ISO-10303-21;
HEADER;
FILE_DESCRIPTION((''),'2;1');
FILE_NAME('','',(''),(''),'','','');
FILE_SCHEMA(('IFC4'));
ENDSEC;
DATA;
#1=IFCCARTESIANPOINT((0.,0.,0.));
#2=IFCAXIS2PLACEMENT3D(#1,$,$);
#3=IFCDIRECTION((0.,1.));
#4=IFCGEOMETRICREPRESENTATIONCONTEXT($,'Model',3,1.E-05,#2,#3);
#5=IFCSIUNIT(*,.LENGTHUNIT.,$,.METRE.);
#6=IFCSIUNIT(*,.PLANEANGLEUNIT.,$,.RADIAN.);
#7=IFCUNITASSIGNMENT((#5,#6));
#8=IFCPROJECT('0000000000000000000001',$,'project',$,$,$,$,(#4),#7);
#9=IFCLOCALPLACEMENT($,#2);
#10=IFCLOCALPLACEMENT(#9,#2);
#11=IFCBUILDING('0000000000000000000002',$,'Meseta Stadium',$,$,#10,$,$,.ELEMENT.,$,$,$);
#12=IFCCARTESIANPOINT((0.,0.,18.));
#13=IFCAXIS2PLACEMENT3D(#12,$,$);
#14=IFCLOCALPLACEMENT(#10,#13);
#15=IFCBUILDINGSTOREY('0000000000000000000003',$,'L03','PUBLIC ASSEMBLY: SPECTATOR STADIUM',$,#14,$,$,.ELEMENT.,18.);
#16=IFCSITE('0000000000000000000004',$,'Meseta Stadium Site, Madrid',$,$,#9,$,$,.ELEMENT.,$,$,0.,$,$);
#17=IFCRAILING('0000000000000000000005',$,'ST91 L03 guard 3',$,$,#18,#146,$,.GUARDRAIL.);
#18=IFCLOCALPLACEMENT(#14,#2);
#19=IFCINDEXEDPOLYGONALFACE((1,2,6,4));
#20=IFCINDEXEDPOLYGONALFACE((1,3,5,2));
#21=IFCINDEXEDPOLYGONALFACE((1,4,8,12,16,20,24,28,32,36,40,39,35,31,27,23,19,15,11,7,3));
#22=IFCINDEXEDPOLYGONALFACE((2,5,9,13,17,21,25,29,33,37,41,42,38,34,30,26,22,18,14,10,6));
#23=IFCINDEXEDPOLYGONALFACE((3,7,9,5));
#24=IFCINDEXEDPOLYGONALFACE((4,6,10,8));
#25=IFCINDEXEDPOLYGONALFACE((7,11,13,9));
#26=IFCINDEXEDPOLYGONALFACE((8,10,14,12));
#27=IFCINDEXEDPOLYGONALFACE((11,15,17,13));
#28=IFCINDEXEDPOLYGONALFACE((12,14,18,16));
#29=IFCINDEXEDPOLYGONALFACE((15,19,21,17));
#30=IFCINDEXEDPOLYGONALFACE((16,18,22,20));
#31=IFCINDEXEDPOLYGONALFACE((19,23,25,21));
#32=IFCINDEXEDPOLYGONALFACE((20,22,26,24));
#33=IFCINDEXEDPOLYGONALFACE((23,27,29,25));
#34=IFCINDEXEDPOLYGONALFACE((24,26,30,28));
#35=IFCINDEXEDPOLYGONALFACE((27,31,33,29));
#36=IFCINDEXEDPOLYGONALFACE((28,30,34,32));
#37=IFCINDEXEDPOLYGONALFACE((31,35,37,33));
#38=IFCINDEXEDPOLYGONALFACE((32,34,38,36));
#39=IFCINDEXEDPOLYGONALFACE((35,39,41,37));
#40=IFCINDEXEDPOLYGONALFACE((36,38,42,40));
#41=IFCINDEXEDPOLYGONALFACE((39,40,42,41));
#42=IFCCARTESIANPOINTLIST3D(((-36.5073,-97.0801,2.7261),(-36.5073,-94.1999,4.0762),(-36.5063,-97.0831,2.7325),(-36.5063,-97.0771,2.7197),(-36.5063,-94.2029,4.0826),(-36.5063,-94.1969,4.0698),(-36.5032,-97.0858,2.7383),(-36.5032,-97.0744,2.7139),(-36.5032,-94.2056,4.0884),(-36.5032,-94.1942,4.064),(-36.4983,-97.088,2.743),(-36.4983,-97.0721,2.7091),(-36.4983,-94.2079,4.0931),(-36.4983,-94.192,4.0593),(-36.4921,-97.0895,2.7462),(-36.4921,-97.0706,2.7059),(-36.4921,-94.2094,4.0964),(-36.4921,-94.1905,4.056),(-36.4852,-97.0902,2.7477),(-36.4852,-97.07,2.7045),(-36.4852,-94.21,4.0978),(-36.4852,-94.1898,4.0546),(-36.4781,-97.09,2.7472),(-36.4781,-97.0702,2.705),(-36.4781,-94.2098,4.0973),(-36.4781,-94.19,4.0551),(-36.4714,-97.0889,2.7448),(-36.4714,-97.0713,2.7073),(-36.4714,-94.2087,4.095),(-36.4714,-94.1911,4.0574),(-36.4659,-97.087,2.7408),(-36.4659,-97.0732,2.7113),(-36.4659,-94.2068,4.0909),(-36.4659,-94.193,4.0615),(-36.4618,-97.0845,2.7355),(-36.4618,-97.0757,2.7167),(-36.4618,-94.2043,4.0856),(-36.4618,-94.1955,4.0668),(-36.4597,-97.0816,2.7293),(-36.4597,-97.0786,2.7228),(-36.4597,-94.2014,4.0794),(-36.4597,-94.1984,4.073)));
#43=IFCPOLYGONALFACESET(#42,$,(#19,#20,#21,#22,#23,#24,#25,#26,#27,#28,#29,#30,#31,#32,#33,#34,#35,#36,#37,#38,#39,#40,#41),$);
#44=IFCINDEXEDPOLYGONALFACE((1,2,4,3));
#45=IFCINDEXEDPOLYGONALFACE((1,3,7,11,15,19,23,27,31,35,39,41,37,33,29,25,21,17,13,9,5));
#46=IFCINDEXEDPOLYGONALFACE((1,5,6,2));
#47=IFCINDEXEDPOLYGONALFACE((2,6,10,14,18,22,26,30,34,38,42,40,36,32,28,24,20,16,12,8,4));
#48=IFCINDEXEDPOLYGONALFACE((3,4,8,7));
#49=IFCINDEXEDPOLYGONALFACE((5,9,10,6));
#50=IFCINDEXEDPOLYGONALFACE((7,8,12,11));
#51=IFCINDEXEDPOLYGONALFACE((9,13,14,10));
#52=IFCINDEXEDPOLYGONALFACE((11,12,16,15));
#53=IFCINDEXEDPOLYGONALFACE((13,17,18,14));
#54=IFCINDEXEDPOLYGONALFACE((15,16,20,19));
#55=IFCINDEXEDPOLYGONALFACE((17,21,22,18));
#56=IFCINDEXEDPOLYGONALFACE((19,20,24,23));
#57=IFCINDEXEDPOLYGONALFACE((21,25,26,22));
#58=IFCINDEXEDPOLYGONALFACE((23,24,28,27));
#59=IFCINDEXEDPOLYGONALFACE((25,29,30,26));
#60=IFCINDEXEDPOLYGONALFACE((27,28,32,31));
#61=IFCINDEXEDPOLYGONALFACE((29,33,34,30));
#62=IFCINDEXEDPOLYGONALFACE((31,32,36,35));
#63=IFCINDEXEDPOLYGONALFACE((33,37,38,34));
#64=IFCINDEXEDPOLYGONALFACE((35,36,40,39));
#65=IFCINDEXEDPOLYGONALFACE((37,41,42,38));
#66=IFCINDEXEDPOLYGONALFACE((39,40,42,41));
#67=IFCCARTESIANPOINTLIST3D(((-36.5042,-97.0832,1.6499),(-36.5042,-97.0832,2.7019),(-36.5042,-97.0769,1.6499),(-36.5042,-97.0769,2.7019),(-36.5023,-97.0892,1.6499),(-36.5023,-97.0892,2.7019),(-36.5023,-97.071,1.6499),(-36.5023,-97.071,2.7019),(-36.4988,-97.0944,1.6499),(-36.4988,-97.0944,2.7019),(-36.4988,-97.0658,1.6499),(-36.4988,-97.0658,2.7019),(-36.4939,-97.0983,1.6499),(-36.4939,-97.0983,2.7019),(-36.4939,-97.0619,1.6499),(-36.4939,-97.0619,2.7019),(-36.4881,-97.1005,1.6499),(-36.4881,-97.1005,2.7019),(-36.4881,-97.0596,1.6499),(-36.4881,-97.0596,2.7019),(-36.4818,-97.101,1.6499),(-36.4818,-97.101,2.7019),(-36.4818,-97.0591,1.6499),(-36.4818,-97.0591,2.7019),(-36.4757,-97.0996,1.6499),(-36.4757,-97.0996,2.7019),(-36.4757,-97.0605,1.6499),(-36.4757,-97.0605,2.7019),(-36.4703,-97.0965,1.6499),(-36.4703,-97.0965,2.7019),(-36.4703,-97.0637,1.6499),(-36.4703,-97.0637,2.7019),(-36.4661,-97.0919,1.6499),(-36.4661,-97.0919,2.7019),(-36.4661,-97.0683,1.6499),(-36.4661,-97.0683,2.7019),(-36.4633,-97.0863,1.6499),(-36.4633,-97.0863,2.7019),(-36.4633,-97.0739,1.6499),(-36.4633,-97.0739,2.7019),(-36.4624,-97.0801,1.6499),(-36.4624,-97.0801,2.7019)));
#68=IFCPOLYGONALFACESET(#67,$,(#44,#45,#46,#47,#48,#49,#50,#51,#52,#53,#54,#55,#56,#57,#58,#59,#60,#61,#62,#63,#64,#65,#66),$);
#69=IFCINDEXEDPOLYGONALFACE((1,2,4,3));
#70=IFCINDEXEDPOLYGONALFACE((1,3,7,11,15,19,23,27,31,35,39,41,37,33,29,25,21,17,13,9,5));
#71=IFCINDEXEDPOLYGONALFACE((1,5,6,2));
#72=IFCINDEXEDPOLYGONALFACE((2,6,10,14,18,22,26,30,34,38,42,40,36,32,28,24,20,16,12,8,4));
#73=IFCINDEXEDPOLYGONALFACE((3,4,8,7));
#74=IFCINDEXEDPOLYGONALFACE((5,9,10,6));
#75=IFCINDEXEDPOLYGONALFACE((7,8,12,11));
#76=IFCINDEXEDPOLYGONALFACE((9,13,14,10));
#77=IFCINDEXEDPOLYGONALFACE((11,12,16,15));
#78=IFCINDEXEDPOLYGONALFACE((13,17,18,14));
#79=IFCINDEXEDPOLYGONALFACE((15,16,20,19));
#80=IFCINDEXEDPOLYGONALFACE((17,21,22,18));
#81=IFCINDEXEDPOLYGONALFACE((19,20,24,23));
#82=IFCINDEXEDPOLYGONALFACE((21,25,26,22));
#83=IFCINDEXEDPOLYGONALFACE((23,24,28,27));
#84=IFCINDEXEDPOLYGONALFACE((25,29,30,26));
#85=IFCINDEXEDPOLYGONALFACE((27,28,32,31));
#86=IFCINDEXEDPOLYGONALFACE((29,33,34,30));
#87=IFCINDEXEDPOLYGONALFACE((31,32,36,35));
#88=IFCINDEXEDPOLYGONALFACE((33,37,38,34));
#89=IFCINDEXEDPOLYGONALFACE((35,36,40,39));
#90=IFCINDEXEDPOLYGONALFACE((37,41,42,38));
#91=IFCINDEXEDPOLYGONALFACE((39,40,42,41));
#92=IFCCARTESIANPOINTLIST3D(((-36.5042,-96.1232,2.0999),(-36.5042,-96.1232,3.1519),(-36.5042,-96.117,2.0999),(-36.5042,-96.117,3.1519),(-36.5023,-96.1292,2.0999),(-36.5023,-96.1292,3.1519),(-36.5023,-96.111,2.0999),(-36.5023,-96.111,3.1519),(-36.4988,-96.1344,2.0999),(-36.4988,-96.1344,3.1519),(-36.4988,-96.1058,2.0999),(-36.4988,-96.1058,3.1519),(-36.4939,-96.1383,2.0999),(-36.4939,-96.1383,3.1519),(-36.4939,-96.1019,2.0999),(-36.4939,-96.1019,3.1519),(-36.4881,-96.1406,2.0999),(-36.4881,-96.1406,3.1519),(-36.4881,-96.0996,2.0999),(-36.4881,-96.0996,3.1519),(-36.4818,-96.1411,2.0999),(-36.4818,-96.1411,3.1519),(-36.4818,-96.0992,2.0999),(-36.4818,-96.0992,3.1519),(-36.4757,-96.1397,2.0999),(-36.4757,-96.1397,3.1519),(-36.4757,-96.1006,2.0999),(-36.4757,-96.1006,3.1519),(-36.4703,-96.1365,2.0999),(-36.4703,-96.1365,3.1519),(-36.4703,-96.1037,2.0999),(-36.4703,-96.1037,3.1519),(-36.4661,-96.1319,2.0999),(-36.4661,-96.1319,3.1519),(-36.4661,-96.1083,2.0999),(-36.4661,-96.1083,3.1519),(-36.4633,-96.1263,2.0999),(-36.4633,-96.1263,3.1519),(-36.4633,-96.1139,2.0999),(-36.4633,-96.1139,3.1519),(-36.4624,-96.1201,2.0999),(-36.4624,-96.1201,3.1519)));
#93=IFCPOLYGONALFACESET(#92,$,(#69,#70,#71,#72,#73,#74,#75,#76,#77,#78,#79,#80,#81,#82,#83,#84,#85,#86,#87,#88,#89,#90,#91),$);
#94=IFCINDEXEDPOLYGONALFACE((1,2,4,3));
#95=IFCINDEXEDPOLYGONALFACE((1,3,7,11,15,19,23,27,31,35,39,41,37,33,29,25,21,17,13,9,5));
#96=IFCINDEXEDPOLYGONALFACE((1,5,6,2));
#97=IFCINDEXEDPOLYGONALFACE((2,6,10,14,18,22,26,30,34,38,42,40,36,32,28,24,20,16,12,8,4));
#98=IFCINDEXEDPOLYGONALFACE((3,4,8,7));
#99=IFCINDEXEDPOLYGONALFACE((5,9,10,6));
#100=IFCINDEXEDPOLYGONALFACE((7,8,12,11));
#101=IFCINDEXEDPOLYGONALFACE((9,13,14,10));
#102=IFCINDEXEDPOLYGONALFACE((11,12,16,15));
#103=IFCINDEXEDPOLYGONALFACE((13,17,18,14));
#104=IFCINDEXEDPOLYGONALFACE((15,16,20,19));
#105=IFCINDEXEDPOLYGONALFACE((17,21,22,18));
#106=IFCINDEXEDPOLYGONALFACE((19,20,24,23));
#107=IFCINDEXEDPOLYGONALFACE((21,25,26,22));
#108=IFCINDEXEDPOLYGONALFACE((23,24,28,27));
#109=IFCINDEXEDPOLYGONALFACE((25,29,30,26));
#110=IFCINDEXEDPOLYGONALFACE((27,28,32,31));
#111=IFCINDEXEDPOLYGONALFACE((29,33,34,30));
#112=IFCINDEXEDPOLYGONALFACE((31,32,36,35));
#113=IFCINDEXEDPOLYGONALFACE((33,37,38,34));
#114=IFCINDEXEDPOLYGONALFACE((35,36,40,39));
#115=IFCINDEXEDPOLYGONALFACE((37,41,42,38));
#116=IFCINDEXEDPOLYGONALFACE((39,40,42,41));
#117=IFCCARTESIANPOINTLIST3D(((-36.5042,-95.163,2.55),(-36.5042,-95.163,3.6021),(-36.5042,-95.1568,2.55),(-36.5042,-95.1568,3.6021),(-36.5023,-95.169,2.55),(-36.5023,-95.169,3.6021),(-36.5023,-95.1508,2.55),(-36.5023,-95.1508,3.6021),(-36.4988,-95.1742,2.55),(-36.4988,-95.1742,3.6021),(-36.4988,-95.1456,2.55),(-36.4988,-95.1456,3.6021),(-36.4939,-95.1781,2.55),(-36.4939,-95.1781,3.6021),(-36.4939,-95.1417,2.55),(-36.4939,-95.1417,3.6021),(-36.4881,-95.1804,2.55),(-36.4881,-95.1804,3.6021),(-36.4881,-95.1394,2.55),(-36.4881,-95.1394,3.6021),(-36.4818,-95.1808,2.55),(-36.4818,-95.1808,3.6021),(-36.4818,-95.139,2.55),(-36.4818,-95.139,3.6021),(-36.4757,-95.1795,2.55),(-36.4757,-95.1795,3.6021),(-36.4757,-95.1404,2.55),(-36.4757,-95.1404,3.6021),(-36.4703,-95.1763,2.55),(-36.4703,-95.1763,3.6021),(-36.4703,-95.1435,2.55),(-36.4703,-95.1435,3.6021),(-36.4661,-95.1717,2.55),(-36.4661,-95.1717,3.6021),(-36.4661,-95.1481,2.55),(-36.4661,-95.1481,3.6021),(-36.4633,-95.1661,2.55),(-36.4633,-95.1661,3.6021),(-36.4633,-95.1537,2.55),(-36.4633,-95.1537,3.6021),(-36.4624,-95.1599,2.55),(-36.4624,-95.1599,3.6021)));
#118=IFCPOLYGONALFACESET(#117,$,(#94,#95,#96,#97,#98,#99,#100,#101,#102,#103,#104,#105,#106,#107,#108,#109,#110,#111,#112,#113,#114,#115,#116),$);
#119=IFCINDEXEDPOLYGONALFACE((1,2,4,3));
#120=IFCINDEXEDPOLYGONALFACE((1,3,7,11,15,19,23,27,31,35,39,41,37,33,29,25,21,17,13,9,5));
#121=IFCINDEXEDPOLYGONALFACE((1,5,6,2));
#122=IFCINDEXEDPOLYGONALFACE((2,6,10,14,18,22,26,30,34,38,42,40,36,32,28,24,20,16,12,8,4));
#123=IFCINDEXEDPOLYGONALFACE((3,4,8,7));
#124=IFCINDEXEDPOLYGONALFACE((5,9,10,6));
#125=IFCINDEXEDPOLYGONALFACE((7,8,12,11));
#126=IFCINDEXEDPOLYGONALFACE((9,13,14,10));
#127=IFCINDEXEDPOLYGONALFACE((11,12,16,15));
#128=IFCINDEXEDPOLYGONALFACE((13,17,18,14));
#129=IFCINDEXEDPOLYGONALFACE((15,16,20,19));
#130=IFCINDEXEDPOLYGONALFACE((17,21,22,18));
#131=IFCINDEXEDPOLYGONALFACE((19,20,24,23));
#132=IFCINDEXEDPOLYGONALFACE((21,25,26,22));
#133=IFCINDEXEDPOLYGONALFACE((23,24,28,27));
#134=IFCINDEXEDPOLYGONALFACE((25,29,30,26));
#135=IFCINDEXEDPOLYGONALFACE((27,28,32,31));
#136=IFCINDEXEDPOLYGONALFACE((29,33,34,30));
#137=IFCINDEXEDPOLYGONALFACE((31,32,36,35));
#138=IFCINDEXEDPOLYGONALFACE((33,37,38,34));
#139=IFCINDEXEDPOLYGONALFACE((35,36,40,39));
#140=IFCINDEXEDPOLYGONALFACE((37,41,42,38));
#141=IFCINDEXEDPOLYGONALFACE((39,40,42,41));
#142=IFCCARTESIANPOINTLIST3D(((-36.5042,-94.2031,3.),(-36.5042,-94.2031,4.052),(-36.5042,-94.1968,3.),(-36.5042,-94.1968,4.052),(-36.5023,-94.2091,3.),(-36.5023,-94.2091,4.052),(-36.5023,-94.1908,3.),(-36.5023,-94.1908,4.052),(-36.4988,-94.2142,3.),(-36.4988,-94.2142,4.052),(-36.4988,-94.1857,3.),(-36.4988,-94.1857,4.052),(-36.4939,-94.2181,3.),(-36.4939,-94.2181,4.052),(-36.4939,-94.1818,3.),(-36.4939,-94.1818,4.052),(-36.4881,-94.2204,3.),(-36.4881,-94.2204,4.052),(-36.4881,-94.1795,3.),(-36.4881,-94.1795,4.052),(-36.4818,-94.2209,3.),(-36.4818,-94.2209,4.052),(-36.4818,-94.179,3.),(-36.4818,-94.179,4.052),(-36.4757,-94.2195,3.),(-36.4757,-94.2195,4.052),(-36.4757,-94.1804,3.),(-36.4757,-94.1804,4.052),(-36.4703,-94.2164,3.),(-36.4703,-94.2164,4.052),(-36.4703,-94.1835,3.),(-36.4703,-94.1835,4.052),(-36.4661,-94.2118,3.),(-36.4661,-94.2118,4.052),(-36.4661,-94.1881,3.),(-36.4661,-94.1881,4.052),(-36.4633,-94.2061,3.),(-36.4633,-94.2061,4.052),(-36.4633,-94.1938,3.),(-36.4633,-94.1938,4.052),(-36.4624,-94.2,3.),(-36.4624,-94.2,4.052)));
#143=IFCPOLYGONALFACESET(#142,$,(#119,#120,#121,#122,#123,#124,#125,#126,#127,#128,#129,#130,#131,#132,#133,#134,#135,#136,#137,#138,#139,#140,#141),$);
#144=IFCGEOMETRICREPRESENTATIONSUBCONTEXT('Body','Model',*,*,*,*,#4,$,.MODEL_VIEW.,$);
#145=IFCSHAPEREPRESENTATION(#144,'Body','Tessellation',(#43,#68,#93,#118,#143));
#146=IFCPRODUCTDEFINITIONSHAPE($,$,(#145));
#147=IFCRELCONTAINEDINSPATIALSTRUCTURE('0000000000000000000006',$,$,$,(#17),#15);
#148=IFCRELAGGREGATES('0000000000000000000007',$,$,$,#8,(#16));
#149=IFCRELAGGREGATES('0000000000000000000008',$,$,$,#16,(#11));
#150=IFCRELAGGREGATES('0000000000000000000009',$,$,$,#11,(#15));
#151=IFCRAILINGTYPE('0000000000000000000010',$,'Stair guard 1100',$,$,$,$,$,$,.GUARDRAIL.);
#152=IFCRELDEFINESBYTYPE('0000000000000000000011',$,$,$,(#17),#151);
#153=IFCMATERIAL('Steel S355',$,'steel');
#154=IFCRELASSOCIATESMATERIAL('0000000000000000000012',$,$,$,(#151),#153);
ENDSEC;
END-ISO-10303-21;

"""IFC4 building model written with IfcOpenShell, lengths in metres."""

from ifc_helpers import new_model, si_unit, direction, frame, origin, origin_2d, place, context, subcontext, project, spatial, circle, extrude, material, type_object, element, save


model = new_model("IFC4")

# Units and contexts
model_context = context("Model", 3, precision=1e-05, world=origin(), true_north=direction((0.0, 1.0)))
body_context = subcontext(model_context, "Body", "Model", "MODEL_VIEW")
ifc_project = project(units=[si_unit("LENGTHUNIT", "METRE"), si_unit("PLANEANGLEUNIT", "RADIAN")], contexts=[model_context])

# Site, building, storey
site_placement = place(None, origin())
site = spatial("IfcSite", under=ifc_project, at=site_placement, Name="Meseta Stadium Site, Madrid", CompositionType="ELEMENT", RefElevation=0.0)
building_placement = place(site_placement, origin())
building = spatial("IfcBuilding", under=site, at=building_placement, Name="Meseta Stadium", CompositionType="ELEMENT")
storey_placement = place(building_placement, frame((0.0, 0.0, 18.0)))
storey = spatial("IfcBuildingStorey", under=building, at=storey_placement, Name="L03", Description="PUBLIC ASSEMBLY: SPECTATOR STADIUM", CompositionType="ELEMENT", Elevation=18.0)

# Railing
ifc_material_1 = material(Name="Steel S355", Category="steel")
railing_type_1 = type_object("IfcRailingType", Name="Stair guard 1100", PredefinedType="GUARDRAIL", material=ifc_material_1)
for number, where, name in (
    (1, (-36.4834, -97.0801, 1.6499), "ST91 L03 guard 3"),
):
    element("IfcRailing", number, at=place(storey_placement, frame(where)), inside=storey, type_object=railing_type_1, Name=name, PredefinedType="GUARDRAIL", context=body_context, shape_type="SweptSolid", body=[
        extrude(circle(Radius=0.0239, at=origin_2d()), frame((0.0, 0.0, 1.0762), z_axis=(0.0, 0.905454, 0.424444), x_axis=(-1.0, 0.0, 0.0)), (0.0, 0.0, 1.0), 3.1809),
        extrude(circle(Radius=0.021, at=origin_2d()), origin(), (0.0, 0.0, 1.0), 1.052),
        extrude(circle(Radius=0.021, at=origin_2d()), frame((0.0, 0.96, 0.45)), (0.0, 0.0, 1.0), 1.052),
        extrude(circle(Radius=0.021, at=origin_2d()), frame((0.0, 1.9202, 0.9001)), (0.0, 0.0, 1.0), 1.052),
        extrude(circle(Radius=0.021, at=origin_2d()), frame((0.0, 2.8801, 1.3501)), (0.0, 0.0, 1.0), 1.052),
    ])

save(model, "model.ifc")
